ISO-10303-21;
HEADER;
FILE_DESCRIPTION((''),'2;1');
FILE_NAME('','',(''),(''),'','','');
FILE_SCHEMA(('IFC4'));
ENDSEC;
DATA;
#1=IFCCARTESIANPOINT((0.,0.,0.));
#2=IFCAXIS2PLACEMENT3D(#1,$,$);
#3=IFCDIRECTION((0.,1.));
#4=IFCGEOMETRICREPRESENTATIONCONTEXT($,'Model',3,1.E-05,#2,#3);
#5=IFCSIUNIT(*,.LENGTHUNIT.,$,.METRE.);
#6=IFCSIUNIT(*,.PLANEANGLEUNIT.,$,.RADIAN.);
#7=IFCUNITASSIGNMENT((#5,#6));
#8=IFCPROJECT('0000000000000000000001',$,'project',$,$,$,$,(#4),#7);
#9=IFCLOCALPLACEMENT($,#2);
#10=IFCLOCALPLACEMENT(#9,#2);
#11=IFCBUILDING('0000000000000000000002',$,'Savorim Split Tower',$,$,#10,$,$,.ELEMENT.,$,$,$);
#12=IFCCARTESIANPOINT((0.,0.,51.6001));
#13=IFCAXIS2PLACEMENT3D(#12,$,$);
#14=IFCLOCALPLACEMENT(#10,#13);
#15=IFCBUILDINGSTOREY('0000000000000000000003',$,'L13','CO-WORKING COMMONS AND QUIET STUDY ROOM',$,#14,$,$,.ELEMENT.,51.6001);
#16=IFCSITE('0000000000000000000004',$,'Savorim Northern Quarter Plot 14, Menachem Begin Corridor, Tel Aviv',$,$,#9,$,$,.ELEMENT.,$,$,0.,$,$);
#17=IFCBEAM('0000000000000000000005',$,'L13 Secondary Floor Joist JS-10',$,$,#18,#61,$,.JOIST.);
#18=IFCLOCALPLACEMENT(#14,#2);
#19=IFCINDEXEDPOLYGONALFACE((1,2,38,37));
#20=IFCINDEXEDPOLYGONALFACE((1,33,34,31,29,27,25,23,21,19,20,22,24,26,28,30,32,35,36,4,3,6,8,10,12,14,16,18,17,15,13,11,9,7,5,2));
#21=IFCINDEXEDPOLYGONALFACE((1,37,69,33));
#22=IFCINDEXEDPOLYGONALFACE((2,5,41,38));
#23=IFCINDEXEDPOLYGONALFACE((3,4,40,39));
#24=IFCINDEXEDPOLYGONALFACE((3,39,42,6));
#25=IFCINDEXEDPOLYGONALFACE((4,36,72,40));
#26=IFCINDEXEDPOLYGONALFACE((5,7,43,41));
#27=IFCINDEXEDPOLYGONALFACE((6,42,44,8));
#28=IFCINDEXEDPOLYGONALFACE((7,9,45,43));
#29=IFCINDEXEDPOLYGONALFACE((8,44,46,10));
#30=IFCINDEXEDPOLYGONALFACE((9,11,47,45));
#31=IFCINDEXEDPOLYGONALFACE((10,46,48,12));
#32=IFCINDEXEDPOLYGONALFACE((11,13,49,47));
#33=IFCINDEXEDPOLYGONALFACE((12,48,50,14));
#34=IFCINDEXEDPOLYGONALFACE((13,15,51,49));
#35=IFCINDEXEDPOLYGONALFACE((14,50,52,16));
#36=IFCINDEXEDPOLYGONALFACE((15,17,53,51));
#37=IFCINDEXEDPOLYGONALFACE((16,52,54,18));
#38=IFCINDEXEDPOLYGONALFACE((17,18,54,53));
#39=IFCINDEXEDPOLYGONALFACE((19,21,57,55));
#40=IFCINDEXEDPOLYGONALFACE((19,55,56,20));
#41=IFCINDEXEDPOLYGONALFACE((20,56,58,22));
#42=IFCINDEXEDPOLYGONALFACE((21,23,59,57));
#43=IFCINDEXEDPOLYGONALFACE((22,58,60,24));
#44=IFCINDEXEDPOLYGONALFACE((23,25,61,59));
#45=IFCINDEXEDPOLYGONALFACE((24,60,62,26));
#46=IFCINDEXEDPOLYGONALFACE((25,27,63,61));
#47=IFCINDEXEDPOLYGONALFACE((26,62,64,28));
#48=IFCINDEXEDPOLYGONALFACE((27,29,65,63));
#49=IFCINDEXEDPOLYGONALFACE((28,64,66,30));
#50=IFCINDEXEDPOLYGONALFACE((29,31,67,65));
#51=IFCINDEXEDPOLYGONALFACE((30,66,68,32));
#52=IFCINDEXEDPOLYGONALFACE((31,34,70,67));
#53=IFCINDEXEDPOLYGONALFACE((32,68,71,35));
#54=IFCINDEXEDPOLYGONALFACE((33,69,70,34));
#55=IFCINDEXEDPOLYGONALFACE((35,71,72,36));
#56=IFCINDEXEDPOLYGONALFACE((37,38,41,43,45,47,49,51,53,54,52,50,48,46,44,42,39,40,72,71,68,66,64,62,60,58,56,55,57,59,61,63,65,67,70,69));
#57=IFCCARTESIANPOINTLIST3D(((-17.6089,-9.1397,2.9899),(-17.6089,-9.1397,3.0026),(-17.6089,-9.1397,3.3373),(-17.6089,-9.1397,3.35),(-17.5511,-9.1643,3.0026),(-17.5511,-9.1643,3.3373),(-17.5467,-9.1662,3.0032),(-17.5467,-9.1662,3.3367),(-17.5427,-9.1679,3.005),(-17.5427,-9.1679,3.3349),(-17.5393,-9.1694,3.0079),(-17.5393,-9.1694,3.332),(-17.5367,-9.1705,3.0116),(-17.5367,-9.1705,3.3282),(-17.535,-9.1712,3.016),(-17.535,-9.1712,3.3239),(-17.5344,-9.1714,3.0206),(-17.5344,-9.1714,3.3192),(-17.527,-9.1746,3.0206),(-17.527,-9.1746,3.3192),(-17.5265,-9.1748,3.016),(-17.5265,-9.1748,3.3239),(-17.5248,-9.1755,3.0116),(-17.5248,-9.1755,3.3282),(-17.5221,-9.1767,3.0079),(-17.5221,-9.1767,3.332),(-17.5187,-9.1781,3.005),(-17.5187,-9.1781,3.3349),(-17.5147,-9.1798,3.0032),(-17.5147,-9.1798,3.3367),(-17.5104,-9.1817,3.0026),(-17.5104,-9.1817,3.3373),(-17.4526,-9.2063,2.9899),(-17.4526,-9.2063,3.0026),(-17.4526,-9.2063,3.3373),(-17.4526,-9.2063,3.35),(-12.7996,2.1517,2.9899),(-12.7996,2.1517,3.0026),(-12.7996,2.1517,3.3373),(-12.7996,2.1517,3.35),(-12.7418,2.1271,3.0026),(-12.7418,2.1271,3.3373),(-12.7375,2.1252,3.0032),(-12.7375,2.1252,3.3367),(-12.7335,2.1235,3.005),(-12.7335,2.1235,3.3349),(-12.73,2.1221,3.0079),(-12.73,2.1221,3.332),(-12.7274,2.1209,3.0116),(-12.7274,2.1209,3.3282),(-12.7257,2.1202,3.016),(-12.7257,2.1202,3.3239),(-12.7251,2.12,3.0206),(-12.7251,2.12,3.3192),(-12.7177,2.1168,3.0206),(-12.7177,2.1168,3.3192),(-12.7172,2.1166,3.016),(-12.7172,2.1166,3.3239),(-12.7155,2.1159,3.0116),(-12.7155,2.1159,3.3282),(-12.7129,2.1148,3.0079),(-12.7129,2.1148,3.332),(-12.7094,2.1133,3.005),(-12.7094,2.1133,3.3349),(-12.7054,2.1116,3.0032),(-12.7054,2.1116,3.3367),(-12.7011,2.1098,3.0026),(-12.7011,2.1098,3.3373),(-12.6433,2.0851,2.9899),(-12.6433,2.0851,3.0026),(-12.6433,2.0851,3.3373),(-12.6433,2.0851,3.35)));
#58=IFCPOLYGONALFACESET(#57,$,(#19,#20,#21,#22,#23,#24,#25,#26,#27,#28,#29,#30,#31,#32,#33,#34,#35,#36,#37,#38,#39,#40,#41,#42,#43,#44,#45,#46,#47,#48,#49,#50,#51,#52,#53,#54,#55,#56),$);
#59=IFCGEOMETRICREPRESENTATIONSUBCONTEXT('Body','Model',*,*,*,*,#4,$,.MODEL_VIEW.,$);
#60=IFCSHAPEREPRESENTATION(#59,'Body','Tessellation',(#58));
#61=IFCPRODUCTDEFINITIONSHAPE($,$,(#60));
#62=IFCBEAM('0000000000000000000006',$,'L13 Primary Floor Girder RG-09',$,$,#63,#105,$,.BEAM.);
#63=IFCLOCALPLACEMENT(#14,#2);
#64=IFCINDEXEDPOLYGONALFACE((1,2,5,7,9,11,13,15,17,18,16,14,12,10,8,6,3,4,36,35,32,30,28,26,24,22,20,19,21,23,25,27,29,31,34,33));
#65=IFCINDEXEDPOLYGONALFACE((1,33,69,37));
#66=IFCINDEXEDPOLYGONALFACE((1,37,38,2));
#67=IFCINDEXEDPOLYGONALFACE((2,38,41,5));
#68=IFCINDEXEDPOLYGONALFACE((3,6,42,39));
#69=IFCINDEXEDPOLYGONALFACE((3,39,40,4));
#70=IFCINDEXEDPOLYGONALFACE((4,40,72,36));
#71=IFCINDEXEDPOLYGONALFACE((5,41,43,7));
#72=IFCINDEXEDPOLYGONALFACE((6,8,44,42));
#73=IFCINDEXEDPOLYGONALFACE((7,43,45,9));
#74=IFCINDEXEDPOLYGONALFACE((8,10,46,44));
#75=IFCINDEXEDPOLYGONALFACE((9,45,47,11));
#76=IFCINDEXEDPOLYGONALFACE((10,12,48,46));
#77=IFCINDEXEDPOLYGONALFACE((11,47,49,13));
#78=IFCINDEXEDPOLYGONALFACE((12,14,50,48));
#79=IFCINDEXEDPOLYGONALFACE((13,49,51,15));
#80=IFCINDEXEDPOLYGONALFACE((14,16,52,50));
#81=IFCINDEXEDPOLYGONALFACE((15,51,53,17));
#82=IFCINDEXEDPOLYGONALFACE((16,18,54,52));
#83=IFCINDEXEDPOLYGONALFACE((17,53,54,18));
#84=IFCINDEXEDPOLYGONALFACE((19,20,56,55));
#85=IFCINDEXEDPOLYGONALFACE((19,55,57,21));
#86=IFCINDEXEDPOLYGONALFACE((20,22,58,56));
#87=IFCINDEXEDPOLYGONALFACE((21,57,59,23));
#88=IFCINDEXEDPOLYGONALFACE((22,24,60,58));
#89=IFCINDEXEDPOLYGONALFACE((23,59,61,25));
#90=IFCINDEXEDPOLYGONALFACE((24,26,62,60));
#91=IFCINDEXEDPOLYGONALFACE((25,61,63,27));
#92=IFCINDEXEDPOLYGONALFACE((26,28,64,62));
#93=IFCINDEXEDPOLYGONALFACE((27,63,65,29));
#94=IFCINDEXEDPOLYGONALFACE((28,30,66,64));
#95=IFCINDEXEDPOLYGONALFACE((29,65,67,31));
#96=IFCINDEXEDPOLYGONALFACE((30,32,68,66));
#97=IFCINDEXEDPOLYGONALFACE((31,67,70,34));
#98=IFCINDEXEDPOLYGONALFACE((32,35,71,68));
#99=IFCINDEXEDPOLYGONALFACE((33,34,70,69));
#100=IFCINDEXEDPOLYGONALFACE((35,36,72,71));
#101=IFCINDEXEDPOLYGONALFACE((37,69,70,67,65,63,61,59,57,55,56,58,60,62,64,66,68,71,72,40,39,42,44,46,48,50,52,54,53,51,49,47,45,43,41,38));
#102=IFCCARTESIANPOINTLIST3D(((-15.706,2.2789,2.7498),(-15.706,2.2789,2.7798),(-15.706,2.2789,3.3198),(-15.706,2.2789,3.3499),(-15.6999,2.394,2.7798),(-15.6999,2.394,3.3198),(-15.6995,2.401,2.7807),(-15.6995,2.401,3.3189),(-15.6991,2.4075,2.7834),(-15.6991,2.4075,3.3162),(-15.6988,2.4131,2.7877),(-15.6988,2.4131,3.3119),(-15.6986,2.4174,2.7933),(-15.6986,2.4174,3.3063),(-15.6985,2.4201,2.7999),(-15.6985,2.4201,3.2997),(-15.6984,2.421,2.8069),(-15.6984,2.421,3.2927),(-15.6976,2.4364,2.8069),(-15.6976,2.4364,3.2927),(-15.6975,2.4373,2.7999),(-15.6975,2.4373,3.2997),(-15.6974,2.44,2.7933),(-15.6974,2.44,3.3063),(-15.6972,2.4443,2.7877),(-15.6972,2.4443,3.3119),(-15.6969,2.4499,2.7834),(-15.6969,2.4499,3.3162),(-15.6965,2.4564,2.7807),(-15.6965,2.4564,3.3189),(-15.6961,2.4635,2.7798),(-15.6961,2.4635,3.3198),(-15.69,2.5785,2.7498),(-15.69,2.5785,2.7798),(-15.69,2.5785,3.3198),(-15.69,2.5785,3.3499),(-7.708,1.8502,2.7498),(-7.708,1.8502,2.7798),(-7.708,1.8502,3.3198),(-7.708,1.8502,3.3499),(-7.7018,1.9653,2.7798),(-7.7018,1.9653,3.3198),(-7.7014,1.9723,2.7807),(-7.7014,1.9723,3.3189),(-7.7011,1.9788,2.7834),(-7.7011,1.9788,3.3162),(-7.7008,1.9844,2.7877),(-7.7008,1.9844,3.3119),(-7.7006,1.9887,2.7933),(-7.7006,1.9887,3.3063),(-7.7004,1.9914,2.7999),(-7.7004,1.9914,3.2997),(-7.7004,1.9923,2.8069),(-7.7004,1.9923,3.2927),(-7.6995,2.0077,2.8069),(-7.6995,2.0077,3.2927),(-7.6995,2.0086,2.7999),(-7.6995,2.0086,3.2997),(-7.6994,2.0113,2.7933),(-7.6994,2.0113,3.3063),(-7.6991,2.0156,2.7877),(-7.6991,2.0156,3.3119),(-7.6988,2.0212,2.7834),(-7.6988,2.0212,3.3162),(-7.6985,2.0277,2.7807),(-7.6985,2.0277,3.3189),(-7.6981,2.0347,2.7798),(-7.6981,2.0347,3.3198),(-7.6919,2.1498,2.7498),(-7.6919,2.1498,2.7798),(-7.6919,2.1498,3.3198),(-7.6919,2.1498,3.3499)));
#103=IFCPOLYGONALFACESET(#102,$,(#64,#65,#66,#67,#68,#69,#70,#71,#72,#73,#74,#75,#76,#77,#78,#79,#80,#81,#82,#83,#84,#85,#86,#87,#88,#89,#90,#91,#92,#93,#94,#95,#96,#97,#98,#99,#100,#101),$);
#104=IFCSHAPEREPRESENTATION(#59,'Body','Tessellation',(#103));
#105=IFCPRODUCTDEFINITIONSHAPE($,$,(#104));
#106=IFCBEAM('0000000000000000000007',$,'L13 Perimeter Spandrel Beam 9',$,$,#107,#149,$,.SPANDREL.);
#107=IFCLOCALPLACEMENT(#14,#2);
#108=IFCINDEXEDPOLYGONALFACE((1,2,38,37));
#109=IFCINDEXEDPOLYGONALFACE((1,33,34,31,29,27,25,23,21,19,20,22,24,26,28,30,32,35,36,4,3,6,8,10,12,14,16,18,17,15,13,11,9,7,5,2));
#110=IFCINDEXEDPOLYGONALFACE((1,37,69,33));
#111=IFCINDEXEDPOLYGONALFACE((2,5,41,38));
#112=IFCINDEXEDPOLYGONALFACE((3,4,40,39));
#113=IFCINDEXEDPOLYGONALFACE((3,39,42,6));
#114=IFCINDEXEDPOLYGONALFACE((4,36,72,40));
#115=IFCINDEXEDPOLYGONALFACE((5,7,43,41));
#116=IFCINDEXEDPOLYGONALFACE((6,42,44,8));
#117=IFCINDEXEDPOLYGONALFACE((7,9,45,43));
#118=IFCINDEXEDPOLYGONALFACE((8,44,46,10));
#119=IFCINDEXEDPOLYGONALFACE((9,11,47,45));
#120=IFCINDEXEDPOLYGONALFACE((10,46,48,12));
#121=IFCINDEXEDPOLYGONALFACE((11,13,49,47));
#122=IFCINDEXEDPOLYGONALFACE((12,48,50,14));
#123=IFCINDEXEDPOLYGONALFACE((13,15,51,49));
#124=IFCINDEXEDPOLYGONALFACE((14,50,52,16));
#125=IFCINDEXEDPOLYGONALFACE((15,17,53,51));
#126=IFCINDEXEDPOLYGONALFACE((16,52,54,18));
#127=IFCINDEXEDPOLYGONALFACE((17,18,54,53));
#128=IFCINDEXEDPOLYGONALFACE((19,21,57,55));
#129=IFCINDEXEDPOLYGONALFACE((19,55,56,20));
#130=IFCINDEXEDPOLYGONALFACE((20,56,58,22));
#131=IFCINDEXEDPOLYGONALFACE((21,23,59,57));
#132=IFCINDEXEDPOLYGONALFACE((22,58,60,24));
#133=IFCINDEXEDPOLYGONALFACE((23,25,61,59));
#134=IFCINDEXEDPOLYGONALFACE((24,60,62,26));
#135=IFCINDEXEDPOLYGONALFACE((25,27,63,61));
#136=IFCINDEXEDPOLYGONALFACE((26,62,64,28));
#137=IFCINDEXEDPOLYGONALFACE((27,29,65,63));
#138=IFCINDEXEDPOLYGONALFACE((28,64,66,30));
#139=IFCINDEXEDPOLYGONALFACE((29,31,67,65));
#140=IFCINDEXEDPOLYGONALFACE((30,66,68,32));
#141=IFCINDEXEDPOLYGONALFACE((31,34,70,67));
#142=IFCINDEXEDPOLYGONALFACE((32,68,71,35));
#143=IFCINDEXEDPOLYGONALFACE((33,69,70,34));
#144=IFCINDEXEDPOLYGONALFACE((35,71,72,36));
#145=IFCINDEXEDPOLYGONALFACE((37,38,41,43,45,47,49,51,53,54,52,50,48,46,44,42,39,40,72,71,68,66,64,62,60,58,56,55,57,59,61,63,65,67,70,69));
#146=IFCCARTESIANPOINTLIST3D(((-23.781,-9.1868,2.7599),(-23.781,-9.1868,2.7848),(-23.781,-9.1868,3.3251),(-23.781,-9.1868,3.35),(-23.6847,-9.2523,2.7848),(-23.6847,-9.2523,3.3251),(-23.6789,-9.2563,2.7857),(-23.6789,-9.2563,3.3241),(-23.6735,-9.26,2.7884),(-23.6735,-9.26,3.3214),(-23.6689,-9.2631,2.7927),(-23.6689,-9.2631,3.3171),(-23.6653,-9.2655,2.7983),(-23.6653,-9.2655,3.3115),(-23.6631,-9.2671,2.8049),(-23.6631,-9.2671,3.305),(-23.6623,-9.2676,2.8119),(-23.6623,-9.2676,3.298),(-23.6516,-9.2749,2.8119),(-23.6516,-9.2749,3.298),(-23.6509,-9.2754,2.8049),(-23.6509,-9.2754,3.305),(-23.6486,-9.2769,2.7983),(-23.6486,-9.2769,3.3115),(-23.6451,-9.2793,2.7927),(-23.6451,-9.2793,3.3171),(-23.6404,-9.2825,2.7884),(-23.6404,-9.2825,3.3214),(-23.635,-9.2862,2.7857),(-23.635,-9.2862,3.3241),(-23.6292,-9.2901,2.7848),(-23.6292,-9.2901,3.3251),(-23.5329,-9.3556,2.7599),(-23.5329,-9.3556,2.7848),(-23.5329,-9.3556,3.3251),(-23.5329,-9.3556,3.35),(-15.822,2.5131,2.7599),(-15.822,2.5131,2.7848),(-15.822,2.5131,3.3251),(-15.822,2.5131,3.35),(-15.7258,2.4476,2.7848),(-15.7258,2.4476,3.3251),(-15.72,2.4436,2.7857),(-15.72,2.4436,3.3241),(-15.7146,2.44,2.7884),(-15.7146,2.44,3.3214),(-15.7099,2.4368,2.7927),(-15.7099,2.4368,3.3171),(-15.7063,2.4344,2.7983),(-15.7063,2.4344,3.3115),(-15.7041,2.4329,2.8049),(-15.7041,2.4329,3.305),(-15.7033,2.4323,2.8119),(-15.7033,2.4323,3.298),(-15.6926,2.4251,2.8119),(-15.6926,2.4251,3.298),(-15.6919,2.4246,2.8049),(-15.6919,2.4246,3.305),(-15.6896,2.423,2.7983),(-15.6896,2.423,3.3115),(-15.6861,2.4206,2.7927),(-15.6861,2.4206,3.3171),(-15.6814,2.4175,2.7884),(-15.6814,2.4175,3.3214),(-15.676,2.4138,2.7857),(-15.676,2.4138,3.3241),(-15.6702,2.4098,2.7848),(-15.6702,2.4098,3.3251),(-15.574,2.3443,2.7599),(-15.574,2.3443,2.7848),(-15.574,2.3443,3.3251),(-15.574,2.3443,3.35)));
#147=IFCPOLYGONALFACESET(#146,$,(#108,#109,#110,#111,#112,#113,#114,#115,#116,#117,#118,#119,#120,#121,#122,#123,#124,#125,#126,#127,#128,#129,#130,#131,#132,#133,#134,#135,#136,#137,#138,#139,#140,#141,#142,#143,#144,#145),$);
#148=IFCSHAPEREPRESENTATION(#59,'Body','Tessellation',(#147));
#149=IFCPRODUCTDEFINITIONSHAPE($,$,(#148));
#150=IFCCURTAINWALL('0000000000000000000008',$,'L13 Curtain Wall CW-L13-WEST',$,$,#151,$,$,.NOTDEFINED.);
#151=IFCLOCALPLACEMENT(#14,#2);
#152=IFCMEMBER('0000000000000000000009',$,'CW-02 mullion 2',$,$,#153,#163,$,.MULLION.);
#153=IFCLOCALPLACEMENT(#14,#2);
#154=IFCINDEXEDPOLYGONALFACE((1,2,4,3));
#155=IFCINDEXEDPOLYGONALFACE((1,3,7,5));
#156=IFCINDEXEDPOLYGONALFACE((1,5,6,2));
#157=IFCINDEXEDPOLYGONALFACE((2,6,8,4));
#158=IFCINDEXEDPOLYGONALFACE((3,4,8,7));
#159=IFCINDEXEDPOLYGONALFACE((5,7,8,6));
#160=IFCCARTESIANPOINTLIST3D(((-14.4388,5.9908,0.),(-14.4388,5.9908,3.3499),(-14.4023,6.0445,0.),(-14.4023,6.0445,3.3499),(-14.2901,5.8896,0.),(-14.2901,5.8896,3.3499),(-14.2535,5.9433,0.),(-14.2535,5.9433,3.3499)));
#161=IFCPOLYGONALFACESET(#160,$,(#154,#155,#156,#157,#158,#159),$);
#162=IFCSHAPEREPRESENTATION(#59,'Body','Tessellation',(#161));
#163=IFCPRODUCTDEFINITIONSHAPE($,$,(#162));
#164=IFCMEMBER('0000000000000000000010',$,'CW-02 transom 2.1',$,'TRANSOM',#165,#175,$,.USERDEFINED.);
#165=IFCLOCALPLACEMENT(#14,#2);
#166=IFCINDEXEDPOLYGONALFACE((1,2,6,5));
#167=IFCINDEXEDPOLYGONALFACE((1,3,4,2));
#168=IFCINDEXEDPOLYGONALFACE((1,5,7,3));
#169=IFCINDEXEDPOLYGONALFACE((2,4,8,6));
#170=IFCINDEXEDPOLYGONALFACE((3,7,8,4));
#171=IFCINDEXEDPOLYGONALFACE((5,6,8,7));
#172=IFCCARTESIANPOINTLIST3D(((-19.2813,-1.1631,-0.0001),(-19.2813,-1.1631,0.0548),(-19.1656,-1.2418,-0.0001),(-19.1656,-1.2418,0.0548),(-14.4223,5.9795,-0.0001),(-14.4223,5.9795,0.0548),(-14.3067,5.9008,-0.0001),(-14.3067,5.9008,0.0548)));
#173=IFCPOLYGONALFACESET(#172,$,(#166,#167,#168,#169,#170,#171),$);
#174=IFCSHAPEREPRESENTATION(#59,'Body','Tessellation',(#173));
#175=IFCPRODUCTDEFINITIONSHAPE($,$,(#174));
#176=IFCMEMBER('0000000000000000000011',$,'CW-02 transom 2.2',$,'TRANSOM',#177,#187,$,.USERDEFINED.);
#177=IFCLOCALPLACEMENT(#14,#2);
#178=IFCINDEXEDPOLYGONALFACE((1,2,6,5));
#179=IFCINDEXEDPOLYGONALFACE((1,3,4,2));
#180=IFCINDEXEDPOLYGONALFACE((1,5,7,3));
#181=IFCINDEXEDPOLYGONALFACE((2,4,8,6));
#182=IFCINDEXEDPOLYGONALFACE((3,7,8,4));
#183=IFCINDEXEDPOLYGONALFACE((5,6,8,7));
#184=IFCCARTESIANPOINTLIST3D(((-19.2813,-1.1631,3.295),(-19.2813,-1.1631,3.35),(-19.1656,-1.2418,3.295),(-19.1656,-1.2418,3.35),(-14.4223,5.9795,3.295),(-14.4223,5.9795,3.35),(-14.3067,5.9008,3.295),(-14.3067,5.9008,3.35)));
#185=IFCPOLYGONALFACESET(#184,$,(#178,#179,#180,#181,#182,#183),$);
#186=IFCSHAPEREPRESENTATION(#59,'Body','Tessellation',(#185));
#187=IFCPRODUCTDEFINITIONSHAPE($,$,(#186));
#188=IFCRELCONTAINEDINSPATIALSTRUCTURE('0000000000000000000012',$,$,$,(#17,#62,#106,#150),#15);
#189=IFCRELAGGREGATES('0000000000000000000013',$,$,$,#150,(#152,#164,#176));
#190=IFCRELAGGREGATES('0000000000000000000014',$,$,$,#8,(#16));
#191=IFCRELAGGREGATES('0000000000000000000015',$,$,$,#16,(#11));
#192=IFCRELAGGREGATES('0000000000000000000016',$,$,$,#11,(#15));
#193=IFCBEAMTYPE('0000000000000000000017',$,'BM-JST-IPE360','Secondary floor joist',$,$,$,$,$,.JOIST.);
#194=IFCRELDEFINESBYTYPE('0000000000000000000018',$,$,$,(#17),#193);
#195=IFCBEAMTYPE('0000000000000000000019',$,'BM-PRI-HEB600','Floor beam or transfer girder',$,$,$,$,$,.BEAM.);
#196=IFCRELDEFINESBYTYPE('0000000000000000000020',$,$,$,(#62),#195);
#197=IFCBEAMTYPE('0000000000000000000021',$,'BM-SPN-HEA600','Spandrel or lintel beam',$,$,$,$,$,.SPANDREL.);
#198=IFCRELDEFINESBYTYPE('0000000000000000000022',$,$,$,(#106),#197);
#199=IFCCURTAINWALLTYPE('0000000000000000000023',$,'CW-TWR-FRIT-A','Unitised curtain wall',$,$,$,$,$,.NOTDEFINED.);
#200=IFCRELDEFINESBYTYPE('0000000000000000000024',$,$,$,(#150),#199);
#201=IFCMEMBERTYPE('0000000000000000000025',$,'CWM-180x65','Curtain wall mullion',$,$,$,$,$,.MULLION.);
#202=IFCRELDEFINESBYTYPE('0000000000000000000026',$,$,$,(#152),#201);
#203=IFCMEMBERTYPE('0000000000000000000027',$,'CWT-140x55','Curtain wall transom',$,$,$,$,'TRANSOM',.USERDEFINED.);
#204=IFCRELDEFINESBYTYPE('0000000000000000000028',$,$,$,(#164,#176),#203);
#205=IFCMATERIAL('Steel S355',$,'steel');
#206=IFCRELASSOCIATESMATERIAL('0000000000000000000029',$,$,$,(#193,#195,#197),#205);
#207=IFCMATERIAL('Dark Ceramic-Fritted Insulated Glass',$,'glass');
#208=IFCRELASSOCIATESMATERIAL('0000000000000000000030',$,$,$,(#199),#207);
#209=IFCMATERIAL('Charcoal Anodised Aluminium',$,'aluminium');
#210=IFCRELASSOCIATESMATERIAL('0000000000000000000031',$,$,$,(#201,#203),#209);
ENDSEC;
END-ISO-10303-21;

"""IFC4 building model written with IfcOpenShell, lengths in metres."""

from ifc_helpers import new_model, si_unit, direction, frame, origin, origin_2d, place, context, subcontext, project, spatial, rectangle, i_section, extrude, material, material_profile, profile_set, type_object, element, aggregate, save


model = new_model("IFC4")

# Units and contexts
model_context = context("Model", 3, precision=1e-05, world=origin(), true_north=direction((0.0, 1.0)))
body_context = subcontext(model_context, "Body", "Model", "MODEL_VIEW")
ifc_project = project(units=[si_unit("LENGTHUNIT", "METRE"), si_unit("PLANEANGLEUNIT", "RADIAN")], contexts=[model_context])

# Site, building, storey
site_placement = place(None, origin())
site = spatial("IfcSite", under=ifc_project, at=site_placement, Name="Savorim Northern Quarter Plot 14, Menachem Begin Corridor, Tel Aviv", CompositionType="ELEMENT", RefElevation=0.0)
building_placement = place(site_placement, origin())
building = spatial("IfcBuilding", under=site, at=building_placement, Name="Savorim Split Tower", CompositionType="ELEMENT")
storey_placement = place(building_placement, frame((0.0, 0.0, 51.6001)))
storey = spatial("IfcBuildingStorey", under=building, at=storey_placement, Name="L13", Description="CO-WORKING COMMONS AND QUIET STUDY ROOM", CompositionType="ELEMENT", Elevation=51.6001)

# Beams
ifc_material_1 = material(Name="Steel S355", Category="steel")
ifc_material_profile_1 = material_profile(ifc_material_1, i_section(OverallWidth=0.1699, OverallDepth=0.3601, WebThickness=0.0081, FlangeThickness=0.0127, FilletRadius=0.0181, at=origin_2d()), Name="IPE 360")
ifc_profile_set_1 = profile_set([ifc_material_profile_1], Name="Steel S355")
beam_type_1 = type_object("IfcBeamType", Name="BM-JST-IPE360", Description="Secondary floor joist", PredefinedType="JOIST", material=ifc_profile_set_1)
beam_1_placement = place(storey_placement, frame((-12.7214, 2.1184, 3.1699), z_axis=(-0.391861, -0.920025, 0.0), x_axis=(0.920025, -0.391861, 0.0)))
element("IfcBeam", 1, at=beam_1_placement, inside=storey, type_object=beam_type_1, Name="L13 Secondary Floor Joist JS-10", PredefinedType="JOIST", context=body_context, shape_type="SweptSolid", body=[
    extrude(i_section(OverallWidth=0.1699, OverallDepth=0.3601, WebThickness=0.0081, FlangeThickness=0.0127, FilletRadius=0.0181, at=origin_2d()), origin(), (0.0, 0.0, 1.0), 12.2729),
])
ifc_material_profile_2 = material_profile(ifc_material_1, i_section(OverallWidth=0.3, OverallDepth=0.6001, WebThickness=0.0154, FlangeThickness=0.03, FilletRadius=0.0271, at=origin_2d()), Name="HEB 600")
ifc_profile_set_2 = profile_set([ifc_material_profile_2], Name="Steel S355")
beam_type_2 = type_object("IfcBeamType", Name="BM-PRI-HEB600", Description="Floor beam or transfer girder", PredefinedType="BEAM", material=ifc_profile_set_2)
beam_2_placement = place(storey_placement, frame((-15.698, 2.4287, 3.0498), z_axis=(0.998567, -0.053525, 0.0), x_axis=(0.053525, 0.998567, 0.0)))
element("IfcBeam", 2, at=beam_2_placement, inside=storey, type_object=beam_type_2, Name="L13 Primary Floor Girder RG-09", PredefinedType="BEAM", context=body_context, shape_type="SweptSolid", body=[
    extrude(i_section(OverallWidth=0.3, OverallDepth=0.6001, WebThickness=0.0154, FlangeThickness=0.03, FilletRadius=0.0271, at=origin_2d()), origin(), (0.0, 0.0, 1.0), 8.0095),
])
ifc_material_profile_3 = material_profile(ifc_material_1, i_section(OverallWidth=0.3, OverallDepth=0.5901, WebThickness=0.0129, FlangeThickness=0.0249, FilletRadius=0.0271, at=origin_2d()), Name="HEA 600")
ifc_profile_set_3 = profile_set([ifc_material_profile_3], Name="Steel S355")
beam_type_3 = type_object("IfcBeamType", Name="BM-SPN-HEA600", Description="Spandrel or lintel beam", PredefinedType="SPANDREL", material=ifc_profile_set_3)
beam_3_placement = place(storey_placement, frame((-15.698, 2.4287, 3.0549), z_axis=(-0.562456, -0.826827, 0.0), x_axis=(0.826827, -0.562456, 0.0)))
element("IfcBeam", 3, at=beam_3_placement, inside=storey, type_object=beam_type_3, Name="L13 Perimeter Spandrel Beam 9", PredefinedType="SPANDREL", context=body_context, shape_type="SweptSolid", body=[
    extrude(i_section(OverallWidth=0.3, OverallDepth=0.5901, WebThickness=0.0129, FlangeThickness=0.0249, FilletRadius=0.0271, at=origin_2d()), origin(), (0.0, 0.0, 1.0), 14.1504),
])

# Curtain wall, members
ifc_material_2 = material(Name="Dark Ceramic-Fritted Insulated Glass", Category="glass")
curtain_wall_type = type_object("IfcCurtainWallType", Name="CW-TWR-FRIT-A", Description="Unitised curtain wall", PredefinedType="NOTDEFINED", material=ifc_material_2)
curtain_wall_placement = place(storey_placement, origin())
curtain_wall = element("IfcCurtainWall", 4, at=curtain_wall_placement, inside=storey, type_object=curtain_wall_type, Name="L13 Curtain Wall CW-L13-WEST", PredefinedType="NOTDEFINED")
ifc_material_3 = material(Name="Charcoal Anodised Aluminium", Category="aluminium")
ifc_material_profile_4 = material_profile(ifc_material_3, rectangle(XDim=0.1799, YDim=0.0649, at=origin_2d()), Name="ALU-M 180x65")
ifc_profile_set_4 = profile_set([ifc_material_profile_4], Name="Charcoal Anodised Aluminium")
member_type_1 = type_object("IfcMemberType", Name="CWM-180x65", Description="Curtain wall mullion", PredefinedType="MULLION", material=ifc_profile_set_4)
member_1_placement = place(storey_placement, frame((-14.3462, 5.967, 0.0), z_axis=(0.0, 0.0, 1.0), x_axis=(0.82682, -0.562466, 0.0)))
member_1 = element("IfcMember", 5, at=member_1_placement, type_object=member_type_1, Name="CW-02 mullion 2", PredefinedType="MULLION", context=body_context, shape_type="SweptSolid", body=[
    extrude(rectangle(XDim=0.1799, YDim=0.0649, at=origin_2d()), origin(), (0.0, 0.0, 1.0), 3.3499),
])
ifc_material_profile_5 = material_profile(ifc_material_3, rectangle(XDim=0.1399, YDim=0.0549, at=origin_2d()), Name="ALU-T 140x55")
ifc_profile_set_5 = profile_set([ifc_material_profile_5], Name="Charcoal Anodised Aluminium")
member_type_2 = type_object("IfcMemberType", Name="CWT-140x55", Description="Curtain wall transom", ElementType="TRANSOM", PredefinedType="USERDEFINED", material=ifc_profile_set_5)
member_2_placement = place(storey_placement, frame((-14.3645, 5.9402, 0.0273), z_axis=(-0.562463, -0.826822, 0.0), x_axis=(0.826822, -0.562463, 0.0)))
member_2 = element("IfcMember", 6, at=member_2_placement, type_object=member_type_2, Name="CW-02 transom 2.1", ObjectType="TRANSOM", PredefinedType="USERDEFINED", context=body_context, shape_type="SweptSolid", body=[
    extrude(rectangle(XDim=0.1399, YDim=0.0549, at=origin_2d()), origin(), (0.0, 0.0, 1.0), 8.6387),
])
member_3_placement = place(storey_placement, frame((-14.3645, 5.9402, 3.3225), z_axis=(-0.562463, -0.826822, 0.0), x_axis=(0.826822, -0.562463, 0.0)))
member_3 = element("IfcMember", 7, at=member_3_placement, type_object=member_type_2, Name="CW-02 transom 2.2", ObjectType="TRANSOM", PredefinedType="USERDEFINED", context=body_context, shape_type="SweptSolid", body=[
    extrude(rectangle(XDim=0.1399, YDim=0.0549, at=origin_2d()), origin(), (0.0, 0.0, 1.0), 8.6387),
])
aggregate(curtain_wall, [member_1, member_2, member_3])

save(model, "model.ifc")
